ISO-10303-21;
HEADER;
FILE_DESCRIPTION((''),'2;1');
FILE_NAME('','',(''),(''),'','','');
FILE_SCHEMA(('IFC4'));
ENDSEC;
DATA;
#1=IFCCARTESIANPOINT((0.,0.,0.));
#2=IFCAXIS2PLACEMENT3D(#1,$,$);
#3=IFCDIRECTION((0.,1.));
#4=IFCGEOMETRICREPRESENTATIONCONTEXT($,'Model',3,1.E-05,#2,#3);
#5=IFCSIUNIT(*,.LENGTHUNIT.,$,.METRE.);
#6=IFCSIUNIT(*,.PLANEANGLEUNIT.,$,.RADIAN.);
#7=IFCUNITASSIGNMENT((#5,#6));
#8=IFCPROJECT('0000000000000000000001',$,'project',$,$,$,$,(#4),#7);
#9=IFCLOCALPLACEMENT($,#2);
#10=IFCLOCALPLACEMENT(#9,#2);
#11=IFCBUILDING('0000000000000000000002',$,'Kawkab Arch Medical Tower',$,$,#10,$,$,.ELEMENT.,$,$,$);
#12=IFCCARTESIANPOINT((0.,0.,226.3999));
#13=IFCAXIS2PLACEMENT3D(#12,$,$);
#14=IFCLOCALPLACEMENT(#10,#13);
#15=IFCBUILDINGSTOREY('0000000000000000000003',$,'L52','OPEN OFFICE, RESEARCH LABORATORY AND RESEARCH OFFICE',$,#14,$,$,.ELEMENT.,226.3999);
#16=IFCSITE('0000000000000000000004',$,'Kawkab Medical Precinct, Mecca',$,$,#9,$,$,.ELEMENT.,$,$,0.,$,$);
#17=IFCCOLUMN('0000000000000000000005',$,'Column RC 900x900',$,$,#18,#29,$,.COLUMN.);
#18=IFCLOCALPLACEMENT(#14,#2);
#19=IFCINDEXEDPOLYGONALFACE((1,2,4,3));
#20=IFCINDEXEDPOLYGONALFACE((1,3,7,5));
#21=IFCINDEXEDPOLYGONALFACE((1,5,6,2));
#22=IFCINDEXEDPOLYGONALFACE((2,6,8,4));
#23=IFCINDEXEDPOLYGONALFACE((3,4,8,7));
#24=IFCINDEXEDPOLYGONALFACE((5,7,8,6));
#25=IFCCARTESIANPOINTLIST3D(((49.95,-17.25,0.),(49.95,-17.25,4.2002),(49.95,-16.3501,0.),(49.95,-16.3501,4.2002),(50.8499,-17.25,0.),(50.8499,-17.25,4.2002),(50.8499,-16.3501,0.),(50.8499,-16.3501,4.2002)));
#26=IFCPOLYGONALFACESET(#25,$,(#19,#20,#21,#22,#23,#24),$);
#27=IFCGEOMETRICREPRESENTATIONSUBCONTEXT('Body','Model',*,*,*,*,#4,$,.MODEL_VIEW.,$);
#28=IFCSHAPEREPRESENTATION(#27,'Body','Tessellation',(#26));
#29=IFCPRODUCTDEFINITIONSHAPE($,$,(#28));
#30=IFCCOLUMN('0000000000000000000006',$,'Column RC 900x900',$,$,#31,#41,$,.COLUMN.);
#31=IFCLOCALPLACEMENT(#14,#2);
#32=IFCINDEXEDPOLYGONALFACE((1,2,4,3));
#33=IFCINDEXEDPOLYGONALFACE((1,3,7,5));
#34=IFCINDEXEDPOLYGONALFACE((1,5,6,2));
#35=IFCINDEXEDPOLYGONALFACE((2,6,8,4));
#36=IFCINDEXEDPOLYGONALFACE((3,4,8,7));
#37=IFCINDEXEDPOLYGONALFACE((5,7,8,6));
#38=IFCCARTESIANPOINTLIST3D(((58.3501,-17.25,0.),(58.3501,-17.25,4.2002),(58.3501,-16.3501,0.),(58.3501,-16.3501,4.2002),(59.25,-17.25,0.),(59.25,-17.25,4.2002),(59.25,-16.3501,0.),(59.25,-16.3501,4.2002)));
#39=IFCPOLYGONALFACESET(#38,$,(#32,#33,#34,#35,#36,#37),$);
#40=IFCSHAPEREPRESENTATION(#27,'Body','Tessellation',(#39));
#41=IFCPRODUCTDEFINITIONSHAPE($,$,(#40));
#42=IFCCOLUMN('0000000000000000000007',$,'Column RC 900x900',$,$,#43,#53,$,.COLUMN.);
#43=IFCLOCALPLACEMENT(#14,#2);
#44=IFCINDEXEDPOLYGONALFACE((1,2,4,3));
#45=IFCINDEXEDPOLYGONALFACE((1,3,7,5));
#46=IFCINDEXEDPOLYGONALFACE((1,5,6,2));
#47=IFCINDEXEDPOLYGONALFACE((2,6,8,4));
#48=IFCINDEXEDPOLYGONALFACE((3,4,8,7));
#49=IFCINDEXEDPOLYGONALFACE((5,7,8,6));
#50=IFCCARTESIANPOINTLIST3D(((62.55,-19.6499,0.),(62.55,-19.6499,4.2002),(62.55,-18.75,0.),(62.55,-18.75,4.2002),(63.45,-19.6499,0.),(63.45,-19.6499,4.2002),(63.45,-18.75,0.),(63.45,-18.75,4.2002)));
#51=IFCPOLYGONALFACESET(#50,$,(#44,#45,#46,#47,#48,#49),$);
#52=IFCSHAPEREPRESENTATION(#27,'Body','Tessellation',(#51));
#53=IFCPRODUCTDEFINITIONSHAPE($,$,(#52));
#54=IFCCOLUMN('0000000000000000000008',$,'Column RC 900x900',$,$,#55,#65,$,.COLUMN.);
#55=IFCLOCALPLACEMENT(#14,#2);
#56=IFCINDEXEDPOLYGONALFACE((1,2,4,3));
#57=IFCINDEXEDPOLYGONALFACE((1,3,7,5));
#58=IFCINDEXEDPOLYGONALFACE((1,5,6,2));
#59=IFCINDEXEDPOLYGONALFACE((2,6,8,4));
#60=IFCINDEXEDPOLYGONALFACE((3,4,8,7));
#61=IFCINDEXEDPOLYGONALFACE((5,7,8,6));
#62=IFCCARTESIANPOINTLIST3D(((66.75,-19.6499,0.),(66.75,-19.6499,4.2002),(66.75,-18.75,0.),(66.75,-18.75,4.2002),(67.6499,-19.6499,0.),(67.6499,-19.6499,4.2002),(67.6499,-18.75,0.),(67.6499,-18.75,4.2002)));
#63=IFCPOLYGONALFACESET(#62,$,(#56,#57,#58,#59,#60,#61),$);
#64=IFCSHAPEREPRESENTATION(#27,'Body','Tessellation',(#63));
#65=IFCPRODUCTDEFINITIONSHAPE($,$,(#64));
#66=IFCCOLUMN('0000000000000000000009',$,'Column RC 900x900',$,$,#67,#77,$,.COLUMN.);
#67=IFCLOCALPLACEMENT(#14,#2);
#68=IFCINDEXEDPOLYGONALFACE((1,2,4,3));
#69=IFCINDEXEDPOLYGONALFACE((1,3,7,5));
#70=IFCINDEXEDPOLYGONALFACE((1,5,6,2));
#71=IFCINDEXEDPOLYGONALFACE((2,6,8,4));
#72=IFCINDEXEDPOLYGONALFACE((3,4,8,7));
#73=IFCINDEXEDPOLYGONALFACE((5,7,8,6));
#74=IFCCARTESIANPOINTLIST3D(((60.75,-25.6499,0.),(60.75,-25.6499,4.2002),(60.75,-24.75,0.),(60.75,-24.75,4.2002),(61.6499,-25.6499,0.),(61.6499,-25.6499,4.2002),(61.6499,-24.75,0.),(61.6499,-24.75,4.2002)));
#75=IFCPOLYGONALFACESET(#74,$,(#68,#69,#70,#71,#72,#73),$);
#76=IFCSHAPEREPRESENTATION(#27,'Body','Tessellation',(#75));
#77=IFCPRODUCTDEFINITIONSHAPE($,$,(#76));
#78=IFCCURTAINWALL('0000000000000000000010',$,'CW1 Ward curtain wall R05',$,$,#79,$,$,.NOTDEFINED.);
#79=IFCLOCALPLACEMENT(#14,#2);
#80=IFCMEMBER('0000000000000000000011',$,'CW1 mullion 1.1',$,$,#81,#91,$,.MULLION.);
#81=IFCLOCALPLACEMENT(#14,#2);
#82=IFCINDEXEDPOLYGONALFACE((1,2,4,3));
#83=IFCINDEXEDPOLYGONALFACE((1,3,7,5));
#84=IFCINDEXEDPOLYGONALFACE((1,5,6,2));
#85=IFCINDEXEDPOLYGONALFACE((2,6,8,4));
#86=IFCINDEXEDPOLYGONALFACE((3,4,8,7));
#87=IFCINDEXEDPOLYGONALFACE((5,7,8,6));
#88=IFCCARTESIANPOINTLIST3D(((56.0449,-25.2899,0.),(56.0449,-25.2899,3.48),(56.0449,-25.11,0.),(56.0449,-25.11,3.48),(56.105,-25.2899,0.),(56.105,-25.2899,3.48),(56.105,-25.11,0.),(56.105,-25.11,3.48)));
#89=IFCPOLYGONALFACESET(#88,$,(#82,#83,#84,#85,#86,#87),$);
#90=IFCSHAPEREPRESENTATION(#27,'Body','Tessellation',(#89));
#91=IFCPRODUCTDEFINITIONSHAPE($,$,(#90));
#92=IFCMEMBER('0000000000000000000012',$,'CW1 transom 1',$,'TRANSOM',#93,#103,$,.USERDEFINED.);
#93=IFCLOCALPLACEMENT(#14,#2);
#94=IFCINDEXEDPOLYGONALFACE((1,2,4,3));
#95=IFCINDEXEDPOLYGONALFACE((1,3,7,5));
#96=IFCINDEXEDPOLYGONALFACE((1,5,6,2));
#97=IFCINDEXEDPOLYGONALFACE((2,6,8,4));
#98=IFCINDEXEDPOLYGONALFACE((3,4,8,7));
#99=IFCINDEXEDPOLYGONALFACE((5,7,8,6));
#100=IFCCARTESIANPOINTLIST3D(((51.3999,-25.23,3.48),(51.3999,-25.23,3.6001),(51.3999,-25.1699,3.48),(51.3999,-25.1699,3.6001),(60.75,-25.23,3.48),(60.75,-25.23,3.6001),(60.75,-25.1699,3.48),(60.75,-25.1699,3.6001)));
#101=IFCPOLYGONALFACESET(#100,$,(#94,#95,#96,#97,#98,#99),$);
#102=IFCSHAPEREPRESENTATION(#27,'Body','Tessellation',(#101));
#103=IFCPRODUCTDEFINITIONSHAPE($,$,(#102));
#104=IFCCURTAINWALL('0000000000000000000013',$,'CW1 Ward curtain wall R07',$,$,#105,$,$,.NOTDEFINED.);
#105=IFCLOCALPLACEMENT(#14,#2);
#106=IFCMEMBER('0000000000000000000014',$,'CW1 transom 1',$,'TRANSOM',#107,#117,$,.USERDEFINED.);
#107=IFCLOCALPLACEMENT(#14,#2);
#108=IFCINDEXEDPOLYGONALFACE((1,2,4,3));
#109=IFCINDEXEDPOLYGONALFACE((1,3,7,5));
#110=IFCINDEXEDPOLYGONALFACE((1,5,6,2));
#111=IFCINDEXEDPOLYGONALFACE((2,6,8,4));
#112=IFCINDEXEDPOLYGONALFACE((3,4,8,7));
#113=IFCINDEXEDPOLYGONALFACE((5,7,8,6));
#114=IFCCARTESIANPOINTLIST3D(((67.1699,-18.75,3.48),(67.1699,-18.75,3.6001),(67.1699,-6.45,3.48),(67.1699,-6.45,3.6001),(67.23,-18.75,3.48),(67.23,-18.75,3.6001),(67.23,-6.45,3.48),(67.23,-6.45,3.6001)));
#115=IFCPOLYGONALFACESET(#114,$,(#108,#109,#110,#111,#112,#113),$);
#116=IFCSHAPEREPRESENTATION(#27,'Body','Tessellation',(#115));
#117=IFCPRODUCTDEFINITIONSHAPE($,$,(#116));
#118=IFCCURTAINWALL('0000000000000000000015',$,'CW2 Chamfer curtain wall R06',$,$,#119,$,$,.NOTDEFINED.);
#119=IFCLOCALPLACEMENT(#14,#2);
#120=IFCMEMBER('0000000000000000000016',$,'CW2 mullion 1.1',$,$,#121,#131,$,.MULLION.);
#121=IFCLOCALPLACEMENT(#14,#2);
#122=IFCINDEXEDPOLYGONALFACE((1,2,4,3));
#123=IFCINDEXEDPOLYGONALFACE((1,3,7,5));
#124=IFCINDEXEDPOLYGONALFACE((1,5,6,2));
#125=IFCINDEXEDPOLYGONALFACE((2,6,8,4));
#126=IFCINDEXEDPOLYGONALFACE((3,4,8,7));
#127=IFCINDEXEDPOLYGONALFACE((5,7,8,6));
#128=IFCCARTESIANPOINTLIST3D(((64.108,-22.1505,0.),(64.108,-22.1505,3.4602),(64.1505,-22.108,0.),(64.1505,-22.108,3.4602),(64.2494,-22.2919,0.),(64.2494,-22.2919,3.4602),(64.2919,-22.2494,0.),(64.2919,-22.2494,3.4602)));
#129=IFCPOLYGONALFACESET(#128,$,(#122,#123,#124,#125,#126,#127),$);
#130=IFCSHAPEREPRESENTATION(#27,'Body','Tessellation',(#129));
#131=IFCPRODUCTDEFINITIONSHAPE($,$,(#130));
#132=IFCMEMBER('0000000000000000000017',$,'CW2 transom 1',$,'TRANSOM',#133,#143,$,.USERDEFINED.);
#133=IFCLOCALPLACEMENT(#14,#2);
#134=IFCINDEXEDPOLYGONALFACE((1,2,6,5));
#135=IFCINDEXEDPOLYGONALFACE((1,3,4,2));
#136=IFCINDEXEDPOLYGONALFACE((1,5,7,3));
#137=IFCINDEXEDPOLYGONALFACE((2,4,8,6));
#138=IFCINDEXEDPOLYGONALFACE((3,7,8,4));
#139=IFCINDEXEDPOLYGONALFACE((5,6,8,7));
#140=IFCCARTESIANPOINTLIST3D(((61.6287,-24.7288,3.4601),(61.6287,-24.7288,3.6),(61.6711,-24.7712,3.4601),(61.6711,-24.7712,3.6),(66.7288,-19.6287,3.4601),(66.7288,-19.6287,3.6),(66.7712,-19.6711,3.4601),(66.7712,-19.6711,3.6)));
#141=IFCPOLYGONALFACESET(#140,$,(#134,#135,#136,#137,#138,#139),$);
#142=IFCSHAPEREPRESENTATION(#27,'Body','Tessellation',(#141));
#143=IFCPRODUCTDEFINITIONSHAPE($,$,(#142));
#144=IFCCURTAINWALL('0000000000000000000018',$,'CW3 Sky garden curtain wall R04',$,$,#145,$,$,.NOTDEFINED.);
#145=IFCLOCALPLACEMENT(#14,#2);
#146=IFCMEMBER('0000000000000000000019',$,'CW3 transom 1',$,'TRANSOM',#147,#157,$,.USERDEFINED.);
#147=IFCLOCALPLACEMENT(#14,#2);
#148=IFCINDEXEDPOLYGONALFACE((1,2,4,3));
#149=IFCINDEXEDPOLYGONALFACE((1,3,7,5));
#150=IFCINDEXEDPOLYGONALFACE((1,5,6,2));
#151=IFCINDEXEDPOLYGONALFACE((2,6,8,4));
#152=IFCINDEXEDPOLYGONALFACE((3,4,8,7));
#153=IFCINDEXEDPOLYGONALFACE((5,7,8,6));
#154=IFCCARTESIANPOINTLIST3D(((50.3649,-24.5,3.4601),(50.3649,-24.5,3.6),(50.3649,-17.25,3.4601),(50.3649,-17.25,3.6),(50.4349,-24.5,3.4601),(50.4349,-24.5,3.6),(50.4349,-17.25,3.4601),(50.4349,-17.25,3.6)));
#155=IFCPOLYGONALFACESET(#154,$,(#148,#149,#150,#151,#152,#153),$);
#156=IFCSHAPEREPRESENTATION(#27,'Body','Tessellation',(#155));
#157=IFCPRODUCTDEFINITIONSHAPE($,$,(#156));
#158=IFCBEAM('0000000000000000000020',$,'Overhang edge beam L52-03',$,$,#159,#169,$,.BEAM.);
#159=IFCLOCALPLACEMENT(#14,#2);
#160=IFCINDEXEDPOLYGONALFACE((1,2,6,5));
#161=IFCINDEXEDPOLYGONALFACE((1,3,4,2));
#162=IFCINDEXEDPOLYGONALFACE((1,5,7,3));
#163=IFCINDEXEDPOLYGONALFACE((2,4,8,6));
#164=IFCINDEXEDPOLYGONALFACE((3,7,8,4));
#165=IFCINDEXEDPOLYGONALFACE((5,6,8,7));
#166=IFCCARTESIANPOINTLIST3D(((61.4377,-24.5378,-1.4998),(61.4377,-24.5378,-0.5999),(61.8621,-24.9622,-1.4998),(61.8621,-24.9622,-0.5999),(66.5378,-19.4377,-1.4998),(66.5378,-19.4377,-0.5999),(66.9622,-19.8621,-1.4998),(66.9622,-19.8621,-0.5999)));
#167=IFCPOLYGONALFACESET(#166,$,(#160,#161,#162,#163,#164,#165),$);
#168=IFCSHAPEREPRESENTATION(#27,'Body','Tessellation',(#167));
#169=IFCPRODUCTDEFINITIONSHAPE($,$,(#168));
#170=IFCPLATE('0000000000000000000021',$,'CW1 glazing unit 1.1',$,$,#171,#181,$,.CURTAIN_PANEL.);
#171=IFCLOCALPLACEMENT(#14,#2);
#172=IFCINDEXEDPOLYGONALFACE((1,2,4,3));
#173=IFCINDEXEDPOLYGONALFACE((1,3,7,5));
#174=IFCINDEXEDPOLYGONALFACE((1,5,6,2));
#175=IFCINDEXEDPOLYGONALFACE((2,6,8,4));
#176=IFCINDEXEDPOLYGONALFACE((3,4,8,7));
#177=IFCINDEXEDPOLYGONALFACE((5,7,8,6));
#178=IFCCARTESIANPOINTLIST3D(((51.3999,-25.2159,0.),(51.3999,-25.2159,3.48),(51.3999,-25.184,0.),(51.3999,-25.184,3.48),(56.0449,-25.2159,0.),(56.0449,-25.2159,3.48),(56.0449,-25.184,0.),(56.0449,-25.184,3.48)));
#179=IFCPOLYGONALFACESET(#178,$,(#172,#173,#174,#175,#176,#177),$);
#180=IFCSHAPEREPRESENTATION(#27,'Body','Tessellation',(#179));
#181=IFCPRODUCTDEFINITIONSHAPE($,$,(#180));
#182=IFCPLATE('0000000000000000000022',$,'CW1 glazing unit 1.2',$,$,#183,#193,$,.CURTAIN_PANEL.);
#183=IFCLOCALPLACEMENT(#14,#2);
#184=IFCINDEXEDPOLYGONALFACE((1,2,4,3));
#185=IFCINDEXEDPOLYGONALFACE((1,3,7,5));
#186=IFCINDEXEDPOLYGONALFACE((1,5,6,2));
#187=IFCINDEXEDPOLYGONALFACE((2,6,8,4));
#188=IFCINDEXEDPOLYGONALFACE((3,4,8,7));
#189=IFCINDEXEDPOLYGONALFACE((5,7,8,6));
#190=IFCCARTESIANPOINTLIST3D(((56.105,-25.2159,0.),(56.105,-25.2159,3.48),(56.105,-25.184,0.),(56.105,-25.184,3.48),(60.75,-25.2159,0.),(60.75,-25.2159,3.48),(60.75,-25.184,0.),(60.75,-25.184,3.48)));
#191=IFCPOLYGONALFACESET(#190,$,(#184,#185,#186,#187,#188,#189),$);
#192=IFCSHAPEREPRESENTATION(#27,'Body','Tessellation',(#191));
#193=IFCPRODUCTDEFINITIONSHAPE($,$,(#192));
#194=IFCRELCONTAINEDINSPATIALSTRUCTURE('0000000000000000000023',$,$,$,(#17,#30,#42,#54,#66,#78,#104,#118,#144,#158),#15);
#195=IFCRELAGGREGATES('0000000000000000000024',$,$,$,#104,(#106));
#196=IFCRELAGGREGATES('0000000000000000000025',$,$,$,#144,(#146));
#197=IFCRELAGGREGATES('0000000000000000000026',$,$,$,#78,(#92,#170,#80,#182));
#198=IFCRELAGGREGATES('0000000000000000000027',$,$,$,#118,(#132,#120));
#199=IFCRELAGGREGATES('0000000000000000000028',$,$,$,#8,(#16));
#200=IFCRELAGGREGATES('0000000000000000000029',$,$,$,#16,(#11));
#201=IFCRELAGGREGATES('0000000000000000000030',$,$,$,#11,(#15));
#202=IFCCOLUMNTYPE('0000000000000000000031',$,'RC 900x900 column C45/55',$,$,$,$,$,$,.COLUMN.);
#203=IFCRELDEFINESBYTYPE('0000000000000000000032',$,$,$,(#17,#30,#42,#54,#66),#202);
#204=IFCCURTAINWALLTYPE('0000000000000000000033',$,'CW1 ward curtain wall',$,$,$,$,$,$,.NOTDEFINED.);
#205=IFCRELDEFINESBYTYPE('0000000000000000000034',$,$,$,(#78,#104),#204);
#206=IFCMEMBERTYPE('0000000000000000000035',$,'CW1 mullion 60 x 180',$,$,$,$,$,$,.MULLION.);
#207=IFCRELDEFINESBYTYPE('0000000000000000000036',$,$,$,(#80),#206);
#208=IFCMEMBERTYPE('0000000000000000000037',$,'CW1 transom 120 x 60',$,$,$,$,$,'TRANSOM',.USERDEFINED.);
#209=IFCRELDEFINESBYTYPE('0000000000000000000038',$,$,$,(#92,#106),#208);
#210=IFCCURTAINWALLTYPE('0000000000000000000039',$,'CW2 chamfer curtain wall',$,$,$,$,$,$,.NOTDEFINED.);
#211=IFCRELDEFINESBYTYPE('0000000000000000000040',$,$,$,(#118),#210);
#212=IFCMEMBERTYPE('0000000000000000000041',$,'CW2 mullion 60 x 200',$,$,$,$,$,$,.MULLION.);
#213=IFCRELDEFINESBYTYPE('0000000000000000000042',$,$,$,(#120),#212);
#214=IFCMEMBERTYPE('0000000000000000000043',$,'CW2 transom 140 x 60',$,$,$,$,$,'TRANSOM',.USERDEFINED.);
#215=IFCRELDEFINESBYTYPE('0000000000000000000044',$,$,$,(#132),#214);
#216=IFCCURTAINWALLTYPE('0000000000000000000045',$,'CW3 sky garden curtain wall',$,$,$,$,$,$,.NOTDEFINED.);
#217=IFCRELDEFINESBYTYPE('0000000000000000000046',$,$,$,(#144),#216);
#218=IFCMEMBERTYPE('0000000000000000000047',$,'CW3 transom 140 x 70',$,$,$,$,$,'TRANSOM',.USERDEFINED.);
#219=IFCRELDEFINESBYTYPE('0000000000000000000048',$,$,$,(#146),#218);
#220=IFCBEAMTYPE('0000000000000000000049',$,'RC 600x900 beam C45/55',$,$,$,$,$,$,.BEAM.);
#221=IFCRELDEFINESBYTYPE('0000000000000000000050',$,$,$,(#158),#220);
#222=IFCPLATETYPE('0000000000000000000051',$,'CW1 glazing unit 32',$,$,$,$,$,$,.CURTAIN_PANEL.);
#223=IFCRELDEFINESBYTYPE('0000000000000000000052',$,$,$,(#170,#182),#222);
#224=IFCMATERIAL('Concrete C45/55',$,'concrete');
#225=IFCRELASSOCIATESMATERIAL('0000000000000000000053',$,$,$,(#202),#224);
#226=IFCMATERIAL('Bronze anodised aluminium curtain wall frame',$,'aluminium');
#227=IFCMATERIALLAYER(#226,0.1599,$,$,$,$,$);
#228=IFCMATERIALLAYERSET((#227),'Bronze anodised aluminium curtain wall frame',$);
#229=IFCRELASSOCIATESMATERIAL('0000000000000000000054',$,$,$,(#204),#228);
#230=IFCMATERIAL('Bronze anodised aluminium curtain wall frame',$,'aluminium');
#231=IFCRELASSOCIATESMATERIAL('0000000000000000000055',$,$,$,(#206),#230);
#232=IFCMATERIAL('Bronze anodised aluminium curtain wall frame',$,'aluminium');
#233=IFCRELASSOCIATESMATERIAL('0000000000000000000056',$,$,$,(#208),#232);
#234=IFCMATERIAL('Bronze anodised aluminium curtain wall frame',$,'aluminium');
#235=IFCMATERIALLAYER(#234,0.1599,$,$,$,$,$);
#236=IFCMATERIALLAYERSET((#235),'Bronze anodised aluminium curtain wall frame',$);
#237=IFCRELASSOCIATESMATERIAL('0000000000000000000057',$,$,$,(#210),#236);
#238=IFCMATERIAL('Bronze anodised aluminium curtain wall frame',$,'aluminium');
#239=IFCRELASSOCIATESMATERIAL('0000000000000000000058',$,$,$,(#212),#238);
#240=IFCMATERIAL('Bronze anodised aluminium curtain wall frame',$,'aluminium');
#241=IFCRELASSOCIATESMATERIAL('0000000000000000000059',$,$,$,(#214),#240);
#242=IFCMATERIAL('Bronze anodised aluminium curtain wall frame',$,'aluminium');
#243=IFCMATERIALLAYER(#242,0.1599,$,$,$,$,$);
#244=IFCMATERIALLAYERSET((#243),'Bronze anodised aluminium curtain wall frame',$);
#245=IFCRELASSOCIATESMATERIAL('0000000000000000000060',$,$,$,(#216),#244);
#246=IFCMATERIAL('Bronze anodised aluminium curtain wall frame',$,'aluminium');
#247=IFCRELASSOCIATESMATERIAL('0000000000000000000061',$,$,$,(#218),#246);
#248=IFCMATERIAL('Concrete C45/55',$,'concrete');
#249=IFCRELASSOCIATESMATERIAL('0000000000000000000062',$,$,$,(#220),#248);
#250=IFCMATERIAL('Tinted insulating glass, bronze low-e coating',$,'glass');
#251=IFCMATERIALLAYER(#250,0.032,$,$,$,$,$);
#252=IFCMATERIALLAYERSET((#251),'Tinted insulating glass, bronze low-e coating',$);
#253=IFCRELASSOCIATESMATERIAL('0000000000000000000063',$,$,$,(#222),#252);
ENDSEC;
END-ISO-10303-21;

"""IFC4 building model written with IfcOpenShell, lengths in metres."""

from ifc_helpers import new_model, si_unit, direction, frame, origin, origin_2d, place, context, subcontext, project, spatial, rectangle, extrude, material, layer, layer_set, material_profile, profile_set, type_object, element, aggregate, save


model = new_model("IFC4")

# Units and contexts
model_context = context("Model", 3, precision=1e-05, world=origin(), true_north=direction((0.0, 1.0)))
body_context = subcontext(model_context, "Body", "Model", "MODEL_VIEW")
ifc_project = project(units=[si_unit("LENGTHUNIT", "METRE"), si_unit("PLANEANGLEUNIT", "RADIAN")], contexts=[model_context])

# Site, building, storey
site_placement = place(None, origin())
site = spatial("IfcSite", under=ifc_project, at=site_placement, Name="Kawkab Medical Precinct, Mecca", CompositionType="ELEMENT", RefElevation=0.0)
building_placement = place(site_placement, origin())
building = spatial("IfcBuilding", under=site, at=building_placement, Name="Kawkab Arch Medical Tower", CompositionType="ELEMENT")
storey_placement = place(building_placement, frame((0.0, 0.0, 226.3999)))
storey = spatial("IfcBuildingStorey", under=building, at=storey_placement, Name="L52", Description="OPEN OFFICE, RESEARCH LABORATORY AND RESEARCH OFFICE", CompositionType="ELEMENT", Elevation=226.3999)

# Columns
ifc_material_1 = material(Name="Concrete C45/55", Category="concrete")
ifc_material_profile_1 = material_profile(ifc_material_1, rectangle(XDim=0.8999, YDim=0.8999, at=origin_2d()), Name="RC 900x900")
ifc_profile_set_1 = profile_set([ifc_material_profile_1], Name="Concrete C45/55")
column_type = type_object("IfcColumnType", Name="RC 900x900 column C45/55", PredefinedType="COLUMN", material=ifc_profile_set_1)
for number, where, z_axis, x_axis, name in (
    (1, (50.3999, -16.8, 0.0), (0.0, 0.0, 1.0), (1.0, 0.0, 0.0), "Column RC 900x900"),
    (2, (58.8, -16.8, 0.0), (0.0, 0.0, 1.0), (1.0, 0.0, 0.0), "Column RC 900x900"),
    (3, (63.0, -19.2, 0.0), (0.0, 0.0, 1.0), (1.0, 0.0, 0.0), "Column RC 900x900"),
    (4, (67.2, -19.2, 0.0), (0.0, 0.0, 1.0), (1.0, 0.0, 0.0), "Column RC 900x900"),
    (5, (61.2, -25.2, 0.0), (0.0, 0.0, 1.0), (1.0, 0.0, 0.0), "Column RC 900x900"),
):
    element("IfcColumn", number, at=place(storey_placement, frame(where, z_axis=z_axis, x_axis=x_axis)), inside=storey, type_object=column_type, Name=name, PredefinedType="COLUMN", context=body_context, shape_type="SweptSolid", body=[
        extrude(rectangle(XDim=0.8999, YDim=0.8999, at=origin_2d()), origin(), (0.0, 0.0, 1.0), 4.2002),
    ])

# Curtain wall, members
ifc_material_2 = material(Name="Bronze anodised aluminium curtain wall frame", Category="aluminium")
ifc_layer_1 = layer(ifc_material_2, 0.1599)
ifc_layer_set_1 = layer_set([ifc_layer_1], Name="Bronze anodised aluminium curtain wall frame")
curtain_wall_type_1 = type_object("IfcCurtainWallType", Name="CW1 ward curtain wall", PredefinedType="NOTDEFINED", material=ifc_layer_set_1)
placement = place(storey_placement, origin())
curtain_wall_1 = element("IfcCurtainWall", 6, at=placement, inside=storey, type_object=curtain_wall_type_1, Name="CW1 Ward curtain wall R05", PredefinedType="NOTDEFINED")
ifc_material_3 = material(Name="Bronze anodised aluminium curtain wall frame", Category="aluminium")
ifc_material_profile_2 = material_profile(ifc_material_3, rectangle(XDim=0.1799, YDim=0.0601, at=origin_2d()), Name="AL 60x180")
ifc_profile_set_2 = profile_set([ifc_material_profile_2], Name="Bronze anodised aluminium curtain wall frame")
member_type_1 = type_object("IfcMemberType", Name="CW1 mullion 60 x 180", PredefinedType="MULLION", material=ifc_profile_set_2)
member_1_placement = place(storey_placement, frame((56.075, -25.2, 0.0), z_axis=(0.0, 0.0, 1.0), x_axis=(0.0, 1.0, 0.0)))
member_1 = element("IfcMember", 7, at=member_1_placement, type_object=member_type_1, Name="CW1 mullion 1.1", PredefinedType="MULLION", context=body_context, shape_type="SweptSolid", body=[
    extrude(rectangle(XDim=0.1799, YDim=0.0601, at=origin_2d()), origin(), (0.0, 0.0, 1.0), 3.48),
])
ifc_material_4 = material(Name="Bronze anodised aluminium curtain wall frame", Category="aluminium")
ifc_material_profile_3 = material_profile(ifc_material_4, rectangle(XDim=0.0601, YDim=0.1201, at=origin_2d()), Name="AL 60x120")
ifc_profile_set_3 = profile_set([ifc_material_profile_3], Name="Bronze anodised aluminium curtain wall frame")
member_type_2 = type_object("IfcMemberType", Name="CW1 transom 120 x 60", ElementType="TRANSOM", PredefinedType="USERDEFINED", material=ifc_profile_set_3)
member_2_placement = place(storey_placement, frame((51.3999, -25.2, 3.54), z_axis=(1.0, 0.0, 0.0), x_axis=(0.0, 1.0, 0.0)))
member_2 = element("IfcMember", 8, at=member_2_placement, type_object=member_type_2, Name="CW1 transom 1", ObjectType="TRANSOM", PredefinedType="USERDEFINED", context=body_context, shape_type="SweptSolid", body=[
    extrude(rectangle(XDim=0.0601, YDim=0.1201, at=origin_2d()), origin(), (0.0, 0.0, 1.0), 9.3501),
])

# Curtain wall, member
curtain_wall_2 = element("IfcCurtainWall", 9, at=placement, inside=storey, type_object=curtain_wall_type_1, Name="CW1 Ward curtain wall R07", PredefinedType="NOTDEFINED")
member_3_placement = place(storey_placement, frame((67.2, -18.75, 3.54), z_axis=(0.0, 1.0, 0.0), x_axis=(-1.0, 0.0, 0.0)))
member_3 = element("IfcMember", 10, at=member_3_placement, type_object=member_type_2, Name="CW1 transom 1", ObjectType="TRANSOM", PredefinedType="USERDEFINED", context=body_context, shape_type="SweptSolid", body=[
    extrude(rectangle(XDim=0.0601, YDim=0.1201, at=origin_2d()), origin(), (0.0, 0.0, 1.0), 12.3),
])
aggregate(curtain_wall_2, [member_3])

# Curtain wall, members
ifc_material_5 = material(Name="Bronze anodised aluminium curtain wall frame", Category="aluminium")
ifc_layer_2 = layer(ifc_material_5, 0.1599)
ifc_layer_set_2 = layer_set([ifc_layer_2], Name="Bronze anodised aluminium curtain wall frame")
curtain_wall_type_2 = type_object("IfcCurtainWallType", Name="CW2 chamfer curtain wall", PredefinedType="NOTDEFINED", material=ifc_layer_set_2)
curtain_wall_3 = element("IfcCurtainWall", 11, at=placement, inside=storey, type_object=curtain_wall_type_2, Name="CW2 Chamfer curtain wall R06", PredefinedType="NOTDEFINED")
ifc_material_6 = material(Name="Bronze anodised aluminium curtain wall frame", Category="aluminium")
ifc_material_profile_4 = material_profile(ifc_material_6, rectangle(XDim=0.2, YDim=0.0601, at=origin_2d()), Name="AL 60x200")
ifc_profile_set_4 = profile_set([ifc_material_profile_4], Name="Bronze anodised aluminium curtain wall frame")
member_type_3 = type_object("IfcMemberType", Name="CW2 mullion 60 x 200", PredefinedType="MULLION", material=ifc_profile_set_4)
member_4_placement = place(storey_placement, frame((64.2, -22.2, 0.0), z_axis=(0.0, 0.0, 1.0), x_axis=(-0.707107, 0.707107, 0.0)))
member_4 = element("IfcMember", 12, at=member_4_placement, type_object=member_type_3, Name="CW2 mullion 1.1", PredefinedType="MULLION", context=body_context, shape_type="SweptSolid", body=[
    extrude(rectangle(XDim=0.2, YDim=0.0601, at=origin_2d()), origin(), (0.0, 0.0, 1.0), 3.4602),
])
ifc_material_7 = material(Name="Bronze anodised aluminium curtain wall frame", Category="aluminium")
ifc_material_profile_5 = material_profile(ifc_material_7, rectangle(XDim=0.0601, YDim=0.1399, at=origin_2d()), Name="AL 60x140")
ifc_profile_set_5 = profile_set([ifc_material_profile_5], Name="Bronze anodised aluminium curtain wall frame")
member_type_4 = type_object("IfcMemberType", Name="CW2 transom 140 x 60", ElementType="TRANSOM", PredefinedType="USERDEFINED", material=ifc_profile_set_5)
member_5_placement = place(storey_placement, frame((61.6499, -24.75, 3.53), z_axis=(0.707107, 0.707107, 0.0), x_axis=(-0.707107, 0.707107, 0.0)))
member_5 = element("IfcMember", 13, at=member_5_placement, type_object=member_type_4, Name="CW2 transom 1", ObjectType="TRANSOM", PredefinedType="USERDEFINED", context=body_context, shape_type="SweptSolid", body=[
    extrude(rectangle(XDim=0.0601, YDim=0.1399, at=origin_2d()), origin(), (0.0, 0.0, 1.0), 7.2126),
])

# Curtain wall, member
ifc_material_8 = material(Name="Bronze anodised aluminium curtain wall frame", Category="aluminium")
ifc_layer_3 = layer(ifc_material_8, 0.1599)
ifc_layer_set_3 = layer_set([ifc_layer_3], Name="Bronze anodised aluminium curtain wall frame")
curtain_wall_type_3 = type_object("IfcCurtainWallType", Name="CW3 sky garden curtain wall", PredefinedType="NOTDEFINED", material=ifc_layer_set_3)
curtain_wall_4 = element("IfcCurtainWall", 14, at=placement, inside=storey, type_object=curtain_wall_type_3, Name="CW3 Sky garden curtain wall R04", PredefinedType="NOTDEFINED")
ifc_material_9 = material(Name="Bronze anodised aluminium curtain wall frame", Category="aluminium")
ifc_material_profile_6 = material_profile(ifc_material_9, rectangle(XDim=0.0701, YDim=0.1399, at=origin_2d()), Name="AL 70x140")
ifc_profile_set_6 = profile_set([ifc_material_profile_6], Name="Bronze anodised aluminium curtain wall frame")
member_type_5 = type_object("IfcMemberType", Name="CW3 transom 140 x 70", ElementType="TRANSOM", PredefinedType="USERDEFINED", material=ifc_profile_set_6)
member_6_placement = place(storey_placement, frame((50.3999, -17.25, 3.53), z_axis=(0.0, -1.0, 0.0), x_axis=(1.0, 0.0, 0.0)))
member_6 = element("IfcMember", 15, at=member_6_placement, type_object=member_type_5, Name="CW3 transom 1", ObjectType="TRANSOM", PredefinedType="USERDEFINED", context=body_context, shape_type="SweptSolid", body=[
    extrude(rectangle(XDim=0.0701, YDim=0.1399, at=origin_2d()), origin(), (0.0, 0.0, 1.0), 7.25),
])
aggregate(curtain_wall_4, [member_6])

# Beam
ifc_material_10 = material(Name="Concrete C45/55", Category="concrete")
ifc_material_profile_7 = material_profile(ifc_material_10, rectangle(XDim=0.6001, YDim=0.8999, at=origin_2d()), Name="RC 600x900")
ifc_profile_set_7 = profile_set([ifc_material_profile_7], Name="Concrete C45/55")
beam_type = type_object("IfcBeamType", Name="RC 600x900 beam C45/55", PredefinedType="BEAM", material=ifc_profile_set_7)
beam_placement = place(storey_placement, frame((66.75, -19.6499, -1.0498), z_axis=(-0.707107, -0.707107, 0.0), x_axis=(0.707107, -0.707107, 0.0)))
element("IfcBeam", 16, at=beam_placement, inside=storey, type_object=beam_type, Name="Overhang edge beam L52-03", PredefinedType="BEAM", context=body_context, shape_type="SweptSolid", body=[
    extrude(rectangle(XDim=0.6001, YDim=0.8999, at=origin_2d()), origin(), (0.0, 0.0, 1.0), 7.2126),
])

# Plates
ifc_material_11 = material(Name="Tinted insulating glass, bronze low-e coating", Category="glass")
ifc_layer_4 = layer(ifc_material_11, 0.032)
ifc_layer_set_4 = layer_set([ifc_layer_4], Name="Tinted insulating glass, bronze low-e coating")
plate_type_1 = type_object("IfcPlateType", Name="CW1 glazing unit 32", PredefinedType="CURTAIN_PANEL", material=ifc_layer_set_4)
plate_1_placement = place(storey_placement, frame((53.7224, -25.2, 0.0), z_axis=(0.0, 0.0, 1.0), x_axis=(1.0, 0.0, 0.0)))
plate_1 = element("IfcPlate", 17, at=plate_1_placement, type_object=plate_type_1, Name="CW1 glazing unit 1.1", PredefinedType="CURTAIN_PANEL", context=body_context, shape_type="SweptSolid", body=[
    extrude(rectangle(XDim=4.645, YDim=0.032, at=origin_2d()), origin(), (0.0, 0.0, 1.0), 3.48),
])
plate_2_placement = place(storey_placement, frame((58.4275, -25.2, 0.0), z_axis=(0.0, 0.0, 1.0), x_axis=(1.0, 0.0, 0.0)))
plate_2 = element("IfcPlate", 18, at=plate_2_placement, type_object=plate_type_1, Name="CW1 glazing unit 1.2", PredefinedType="CURTAIN_PANEL", context=body_context, shape_type="SweptSolid", body=[
    extrude(rectangle(XDim=4.645, YDim=0.032, at=origin_2d()), origin(), (0.0, 0.0, 1.0), 3.48),
])
aggregate(curtain_wall_1, [member_2, plate_1, member_1, plate_2])
aggregate(curtain_wall_3, [member_5, member_4])

save(model, "model.ifc")
